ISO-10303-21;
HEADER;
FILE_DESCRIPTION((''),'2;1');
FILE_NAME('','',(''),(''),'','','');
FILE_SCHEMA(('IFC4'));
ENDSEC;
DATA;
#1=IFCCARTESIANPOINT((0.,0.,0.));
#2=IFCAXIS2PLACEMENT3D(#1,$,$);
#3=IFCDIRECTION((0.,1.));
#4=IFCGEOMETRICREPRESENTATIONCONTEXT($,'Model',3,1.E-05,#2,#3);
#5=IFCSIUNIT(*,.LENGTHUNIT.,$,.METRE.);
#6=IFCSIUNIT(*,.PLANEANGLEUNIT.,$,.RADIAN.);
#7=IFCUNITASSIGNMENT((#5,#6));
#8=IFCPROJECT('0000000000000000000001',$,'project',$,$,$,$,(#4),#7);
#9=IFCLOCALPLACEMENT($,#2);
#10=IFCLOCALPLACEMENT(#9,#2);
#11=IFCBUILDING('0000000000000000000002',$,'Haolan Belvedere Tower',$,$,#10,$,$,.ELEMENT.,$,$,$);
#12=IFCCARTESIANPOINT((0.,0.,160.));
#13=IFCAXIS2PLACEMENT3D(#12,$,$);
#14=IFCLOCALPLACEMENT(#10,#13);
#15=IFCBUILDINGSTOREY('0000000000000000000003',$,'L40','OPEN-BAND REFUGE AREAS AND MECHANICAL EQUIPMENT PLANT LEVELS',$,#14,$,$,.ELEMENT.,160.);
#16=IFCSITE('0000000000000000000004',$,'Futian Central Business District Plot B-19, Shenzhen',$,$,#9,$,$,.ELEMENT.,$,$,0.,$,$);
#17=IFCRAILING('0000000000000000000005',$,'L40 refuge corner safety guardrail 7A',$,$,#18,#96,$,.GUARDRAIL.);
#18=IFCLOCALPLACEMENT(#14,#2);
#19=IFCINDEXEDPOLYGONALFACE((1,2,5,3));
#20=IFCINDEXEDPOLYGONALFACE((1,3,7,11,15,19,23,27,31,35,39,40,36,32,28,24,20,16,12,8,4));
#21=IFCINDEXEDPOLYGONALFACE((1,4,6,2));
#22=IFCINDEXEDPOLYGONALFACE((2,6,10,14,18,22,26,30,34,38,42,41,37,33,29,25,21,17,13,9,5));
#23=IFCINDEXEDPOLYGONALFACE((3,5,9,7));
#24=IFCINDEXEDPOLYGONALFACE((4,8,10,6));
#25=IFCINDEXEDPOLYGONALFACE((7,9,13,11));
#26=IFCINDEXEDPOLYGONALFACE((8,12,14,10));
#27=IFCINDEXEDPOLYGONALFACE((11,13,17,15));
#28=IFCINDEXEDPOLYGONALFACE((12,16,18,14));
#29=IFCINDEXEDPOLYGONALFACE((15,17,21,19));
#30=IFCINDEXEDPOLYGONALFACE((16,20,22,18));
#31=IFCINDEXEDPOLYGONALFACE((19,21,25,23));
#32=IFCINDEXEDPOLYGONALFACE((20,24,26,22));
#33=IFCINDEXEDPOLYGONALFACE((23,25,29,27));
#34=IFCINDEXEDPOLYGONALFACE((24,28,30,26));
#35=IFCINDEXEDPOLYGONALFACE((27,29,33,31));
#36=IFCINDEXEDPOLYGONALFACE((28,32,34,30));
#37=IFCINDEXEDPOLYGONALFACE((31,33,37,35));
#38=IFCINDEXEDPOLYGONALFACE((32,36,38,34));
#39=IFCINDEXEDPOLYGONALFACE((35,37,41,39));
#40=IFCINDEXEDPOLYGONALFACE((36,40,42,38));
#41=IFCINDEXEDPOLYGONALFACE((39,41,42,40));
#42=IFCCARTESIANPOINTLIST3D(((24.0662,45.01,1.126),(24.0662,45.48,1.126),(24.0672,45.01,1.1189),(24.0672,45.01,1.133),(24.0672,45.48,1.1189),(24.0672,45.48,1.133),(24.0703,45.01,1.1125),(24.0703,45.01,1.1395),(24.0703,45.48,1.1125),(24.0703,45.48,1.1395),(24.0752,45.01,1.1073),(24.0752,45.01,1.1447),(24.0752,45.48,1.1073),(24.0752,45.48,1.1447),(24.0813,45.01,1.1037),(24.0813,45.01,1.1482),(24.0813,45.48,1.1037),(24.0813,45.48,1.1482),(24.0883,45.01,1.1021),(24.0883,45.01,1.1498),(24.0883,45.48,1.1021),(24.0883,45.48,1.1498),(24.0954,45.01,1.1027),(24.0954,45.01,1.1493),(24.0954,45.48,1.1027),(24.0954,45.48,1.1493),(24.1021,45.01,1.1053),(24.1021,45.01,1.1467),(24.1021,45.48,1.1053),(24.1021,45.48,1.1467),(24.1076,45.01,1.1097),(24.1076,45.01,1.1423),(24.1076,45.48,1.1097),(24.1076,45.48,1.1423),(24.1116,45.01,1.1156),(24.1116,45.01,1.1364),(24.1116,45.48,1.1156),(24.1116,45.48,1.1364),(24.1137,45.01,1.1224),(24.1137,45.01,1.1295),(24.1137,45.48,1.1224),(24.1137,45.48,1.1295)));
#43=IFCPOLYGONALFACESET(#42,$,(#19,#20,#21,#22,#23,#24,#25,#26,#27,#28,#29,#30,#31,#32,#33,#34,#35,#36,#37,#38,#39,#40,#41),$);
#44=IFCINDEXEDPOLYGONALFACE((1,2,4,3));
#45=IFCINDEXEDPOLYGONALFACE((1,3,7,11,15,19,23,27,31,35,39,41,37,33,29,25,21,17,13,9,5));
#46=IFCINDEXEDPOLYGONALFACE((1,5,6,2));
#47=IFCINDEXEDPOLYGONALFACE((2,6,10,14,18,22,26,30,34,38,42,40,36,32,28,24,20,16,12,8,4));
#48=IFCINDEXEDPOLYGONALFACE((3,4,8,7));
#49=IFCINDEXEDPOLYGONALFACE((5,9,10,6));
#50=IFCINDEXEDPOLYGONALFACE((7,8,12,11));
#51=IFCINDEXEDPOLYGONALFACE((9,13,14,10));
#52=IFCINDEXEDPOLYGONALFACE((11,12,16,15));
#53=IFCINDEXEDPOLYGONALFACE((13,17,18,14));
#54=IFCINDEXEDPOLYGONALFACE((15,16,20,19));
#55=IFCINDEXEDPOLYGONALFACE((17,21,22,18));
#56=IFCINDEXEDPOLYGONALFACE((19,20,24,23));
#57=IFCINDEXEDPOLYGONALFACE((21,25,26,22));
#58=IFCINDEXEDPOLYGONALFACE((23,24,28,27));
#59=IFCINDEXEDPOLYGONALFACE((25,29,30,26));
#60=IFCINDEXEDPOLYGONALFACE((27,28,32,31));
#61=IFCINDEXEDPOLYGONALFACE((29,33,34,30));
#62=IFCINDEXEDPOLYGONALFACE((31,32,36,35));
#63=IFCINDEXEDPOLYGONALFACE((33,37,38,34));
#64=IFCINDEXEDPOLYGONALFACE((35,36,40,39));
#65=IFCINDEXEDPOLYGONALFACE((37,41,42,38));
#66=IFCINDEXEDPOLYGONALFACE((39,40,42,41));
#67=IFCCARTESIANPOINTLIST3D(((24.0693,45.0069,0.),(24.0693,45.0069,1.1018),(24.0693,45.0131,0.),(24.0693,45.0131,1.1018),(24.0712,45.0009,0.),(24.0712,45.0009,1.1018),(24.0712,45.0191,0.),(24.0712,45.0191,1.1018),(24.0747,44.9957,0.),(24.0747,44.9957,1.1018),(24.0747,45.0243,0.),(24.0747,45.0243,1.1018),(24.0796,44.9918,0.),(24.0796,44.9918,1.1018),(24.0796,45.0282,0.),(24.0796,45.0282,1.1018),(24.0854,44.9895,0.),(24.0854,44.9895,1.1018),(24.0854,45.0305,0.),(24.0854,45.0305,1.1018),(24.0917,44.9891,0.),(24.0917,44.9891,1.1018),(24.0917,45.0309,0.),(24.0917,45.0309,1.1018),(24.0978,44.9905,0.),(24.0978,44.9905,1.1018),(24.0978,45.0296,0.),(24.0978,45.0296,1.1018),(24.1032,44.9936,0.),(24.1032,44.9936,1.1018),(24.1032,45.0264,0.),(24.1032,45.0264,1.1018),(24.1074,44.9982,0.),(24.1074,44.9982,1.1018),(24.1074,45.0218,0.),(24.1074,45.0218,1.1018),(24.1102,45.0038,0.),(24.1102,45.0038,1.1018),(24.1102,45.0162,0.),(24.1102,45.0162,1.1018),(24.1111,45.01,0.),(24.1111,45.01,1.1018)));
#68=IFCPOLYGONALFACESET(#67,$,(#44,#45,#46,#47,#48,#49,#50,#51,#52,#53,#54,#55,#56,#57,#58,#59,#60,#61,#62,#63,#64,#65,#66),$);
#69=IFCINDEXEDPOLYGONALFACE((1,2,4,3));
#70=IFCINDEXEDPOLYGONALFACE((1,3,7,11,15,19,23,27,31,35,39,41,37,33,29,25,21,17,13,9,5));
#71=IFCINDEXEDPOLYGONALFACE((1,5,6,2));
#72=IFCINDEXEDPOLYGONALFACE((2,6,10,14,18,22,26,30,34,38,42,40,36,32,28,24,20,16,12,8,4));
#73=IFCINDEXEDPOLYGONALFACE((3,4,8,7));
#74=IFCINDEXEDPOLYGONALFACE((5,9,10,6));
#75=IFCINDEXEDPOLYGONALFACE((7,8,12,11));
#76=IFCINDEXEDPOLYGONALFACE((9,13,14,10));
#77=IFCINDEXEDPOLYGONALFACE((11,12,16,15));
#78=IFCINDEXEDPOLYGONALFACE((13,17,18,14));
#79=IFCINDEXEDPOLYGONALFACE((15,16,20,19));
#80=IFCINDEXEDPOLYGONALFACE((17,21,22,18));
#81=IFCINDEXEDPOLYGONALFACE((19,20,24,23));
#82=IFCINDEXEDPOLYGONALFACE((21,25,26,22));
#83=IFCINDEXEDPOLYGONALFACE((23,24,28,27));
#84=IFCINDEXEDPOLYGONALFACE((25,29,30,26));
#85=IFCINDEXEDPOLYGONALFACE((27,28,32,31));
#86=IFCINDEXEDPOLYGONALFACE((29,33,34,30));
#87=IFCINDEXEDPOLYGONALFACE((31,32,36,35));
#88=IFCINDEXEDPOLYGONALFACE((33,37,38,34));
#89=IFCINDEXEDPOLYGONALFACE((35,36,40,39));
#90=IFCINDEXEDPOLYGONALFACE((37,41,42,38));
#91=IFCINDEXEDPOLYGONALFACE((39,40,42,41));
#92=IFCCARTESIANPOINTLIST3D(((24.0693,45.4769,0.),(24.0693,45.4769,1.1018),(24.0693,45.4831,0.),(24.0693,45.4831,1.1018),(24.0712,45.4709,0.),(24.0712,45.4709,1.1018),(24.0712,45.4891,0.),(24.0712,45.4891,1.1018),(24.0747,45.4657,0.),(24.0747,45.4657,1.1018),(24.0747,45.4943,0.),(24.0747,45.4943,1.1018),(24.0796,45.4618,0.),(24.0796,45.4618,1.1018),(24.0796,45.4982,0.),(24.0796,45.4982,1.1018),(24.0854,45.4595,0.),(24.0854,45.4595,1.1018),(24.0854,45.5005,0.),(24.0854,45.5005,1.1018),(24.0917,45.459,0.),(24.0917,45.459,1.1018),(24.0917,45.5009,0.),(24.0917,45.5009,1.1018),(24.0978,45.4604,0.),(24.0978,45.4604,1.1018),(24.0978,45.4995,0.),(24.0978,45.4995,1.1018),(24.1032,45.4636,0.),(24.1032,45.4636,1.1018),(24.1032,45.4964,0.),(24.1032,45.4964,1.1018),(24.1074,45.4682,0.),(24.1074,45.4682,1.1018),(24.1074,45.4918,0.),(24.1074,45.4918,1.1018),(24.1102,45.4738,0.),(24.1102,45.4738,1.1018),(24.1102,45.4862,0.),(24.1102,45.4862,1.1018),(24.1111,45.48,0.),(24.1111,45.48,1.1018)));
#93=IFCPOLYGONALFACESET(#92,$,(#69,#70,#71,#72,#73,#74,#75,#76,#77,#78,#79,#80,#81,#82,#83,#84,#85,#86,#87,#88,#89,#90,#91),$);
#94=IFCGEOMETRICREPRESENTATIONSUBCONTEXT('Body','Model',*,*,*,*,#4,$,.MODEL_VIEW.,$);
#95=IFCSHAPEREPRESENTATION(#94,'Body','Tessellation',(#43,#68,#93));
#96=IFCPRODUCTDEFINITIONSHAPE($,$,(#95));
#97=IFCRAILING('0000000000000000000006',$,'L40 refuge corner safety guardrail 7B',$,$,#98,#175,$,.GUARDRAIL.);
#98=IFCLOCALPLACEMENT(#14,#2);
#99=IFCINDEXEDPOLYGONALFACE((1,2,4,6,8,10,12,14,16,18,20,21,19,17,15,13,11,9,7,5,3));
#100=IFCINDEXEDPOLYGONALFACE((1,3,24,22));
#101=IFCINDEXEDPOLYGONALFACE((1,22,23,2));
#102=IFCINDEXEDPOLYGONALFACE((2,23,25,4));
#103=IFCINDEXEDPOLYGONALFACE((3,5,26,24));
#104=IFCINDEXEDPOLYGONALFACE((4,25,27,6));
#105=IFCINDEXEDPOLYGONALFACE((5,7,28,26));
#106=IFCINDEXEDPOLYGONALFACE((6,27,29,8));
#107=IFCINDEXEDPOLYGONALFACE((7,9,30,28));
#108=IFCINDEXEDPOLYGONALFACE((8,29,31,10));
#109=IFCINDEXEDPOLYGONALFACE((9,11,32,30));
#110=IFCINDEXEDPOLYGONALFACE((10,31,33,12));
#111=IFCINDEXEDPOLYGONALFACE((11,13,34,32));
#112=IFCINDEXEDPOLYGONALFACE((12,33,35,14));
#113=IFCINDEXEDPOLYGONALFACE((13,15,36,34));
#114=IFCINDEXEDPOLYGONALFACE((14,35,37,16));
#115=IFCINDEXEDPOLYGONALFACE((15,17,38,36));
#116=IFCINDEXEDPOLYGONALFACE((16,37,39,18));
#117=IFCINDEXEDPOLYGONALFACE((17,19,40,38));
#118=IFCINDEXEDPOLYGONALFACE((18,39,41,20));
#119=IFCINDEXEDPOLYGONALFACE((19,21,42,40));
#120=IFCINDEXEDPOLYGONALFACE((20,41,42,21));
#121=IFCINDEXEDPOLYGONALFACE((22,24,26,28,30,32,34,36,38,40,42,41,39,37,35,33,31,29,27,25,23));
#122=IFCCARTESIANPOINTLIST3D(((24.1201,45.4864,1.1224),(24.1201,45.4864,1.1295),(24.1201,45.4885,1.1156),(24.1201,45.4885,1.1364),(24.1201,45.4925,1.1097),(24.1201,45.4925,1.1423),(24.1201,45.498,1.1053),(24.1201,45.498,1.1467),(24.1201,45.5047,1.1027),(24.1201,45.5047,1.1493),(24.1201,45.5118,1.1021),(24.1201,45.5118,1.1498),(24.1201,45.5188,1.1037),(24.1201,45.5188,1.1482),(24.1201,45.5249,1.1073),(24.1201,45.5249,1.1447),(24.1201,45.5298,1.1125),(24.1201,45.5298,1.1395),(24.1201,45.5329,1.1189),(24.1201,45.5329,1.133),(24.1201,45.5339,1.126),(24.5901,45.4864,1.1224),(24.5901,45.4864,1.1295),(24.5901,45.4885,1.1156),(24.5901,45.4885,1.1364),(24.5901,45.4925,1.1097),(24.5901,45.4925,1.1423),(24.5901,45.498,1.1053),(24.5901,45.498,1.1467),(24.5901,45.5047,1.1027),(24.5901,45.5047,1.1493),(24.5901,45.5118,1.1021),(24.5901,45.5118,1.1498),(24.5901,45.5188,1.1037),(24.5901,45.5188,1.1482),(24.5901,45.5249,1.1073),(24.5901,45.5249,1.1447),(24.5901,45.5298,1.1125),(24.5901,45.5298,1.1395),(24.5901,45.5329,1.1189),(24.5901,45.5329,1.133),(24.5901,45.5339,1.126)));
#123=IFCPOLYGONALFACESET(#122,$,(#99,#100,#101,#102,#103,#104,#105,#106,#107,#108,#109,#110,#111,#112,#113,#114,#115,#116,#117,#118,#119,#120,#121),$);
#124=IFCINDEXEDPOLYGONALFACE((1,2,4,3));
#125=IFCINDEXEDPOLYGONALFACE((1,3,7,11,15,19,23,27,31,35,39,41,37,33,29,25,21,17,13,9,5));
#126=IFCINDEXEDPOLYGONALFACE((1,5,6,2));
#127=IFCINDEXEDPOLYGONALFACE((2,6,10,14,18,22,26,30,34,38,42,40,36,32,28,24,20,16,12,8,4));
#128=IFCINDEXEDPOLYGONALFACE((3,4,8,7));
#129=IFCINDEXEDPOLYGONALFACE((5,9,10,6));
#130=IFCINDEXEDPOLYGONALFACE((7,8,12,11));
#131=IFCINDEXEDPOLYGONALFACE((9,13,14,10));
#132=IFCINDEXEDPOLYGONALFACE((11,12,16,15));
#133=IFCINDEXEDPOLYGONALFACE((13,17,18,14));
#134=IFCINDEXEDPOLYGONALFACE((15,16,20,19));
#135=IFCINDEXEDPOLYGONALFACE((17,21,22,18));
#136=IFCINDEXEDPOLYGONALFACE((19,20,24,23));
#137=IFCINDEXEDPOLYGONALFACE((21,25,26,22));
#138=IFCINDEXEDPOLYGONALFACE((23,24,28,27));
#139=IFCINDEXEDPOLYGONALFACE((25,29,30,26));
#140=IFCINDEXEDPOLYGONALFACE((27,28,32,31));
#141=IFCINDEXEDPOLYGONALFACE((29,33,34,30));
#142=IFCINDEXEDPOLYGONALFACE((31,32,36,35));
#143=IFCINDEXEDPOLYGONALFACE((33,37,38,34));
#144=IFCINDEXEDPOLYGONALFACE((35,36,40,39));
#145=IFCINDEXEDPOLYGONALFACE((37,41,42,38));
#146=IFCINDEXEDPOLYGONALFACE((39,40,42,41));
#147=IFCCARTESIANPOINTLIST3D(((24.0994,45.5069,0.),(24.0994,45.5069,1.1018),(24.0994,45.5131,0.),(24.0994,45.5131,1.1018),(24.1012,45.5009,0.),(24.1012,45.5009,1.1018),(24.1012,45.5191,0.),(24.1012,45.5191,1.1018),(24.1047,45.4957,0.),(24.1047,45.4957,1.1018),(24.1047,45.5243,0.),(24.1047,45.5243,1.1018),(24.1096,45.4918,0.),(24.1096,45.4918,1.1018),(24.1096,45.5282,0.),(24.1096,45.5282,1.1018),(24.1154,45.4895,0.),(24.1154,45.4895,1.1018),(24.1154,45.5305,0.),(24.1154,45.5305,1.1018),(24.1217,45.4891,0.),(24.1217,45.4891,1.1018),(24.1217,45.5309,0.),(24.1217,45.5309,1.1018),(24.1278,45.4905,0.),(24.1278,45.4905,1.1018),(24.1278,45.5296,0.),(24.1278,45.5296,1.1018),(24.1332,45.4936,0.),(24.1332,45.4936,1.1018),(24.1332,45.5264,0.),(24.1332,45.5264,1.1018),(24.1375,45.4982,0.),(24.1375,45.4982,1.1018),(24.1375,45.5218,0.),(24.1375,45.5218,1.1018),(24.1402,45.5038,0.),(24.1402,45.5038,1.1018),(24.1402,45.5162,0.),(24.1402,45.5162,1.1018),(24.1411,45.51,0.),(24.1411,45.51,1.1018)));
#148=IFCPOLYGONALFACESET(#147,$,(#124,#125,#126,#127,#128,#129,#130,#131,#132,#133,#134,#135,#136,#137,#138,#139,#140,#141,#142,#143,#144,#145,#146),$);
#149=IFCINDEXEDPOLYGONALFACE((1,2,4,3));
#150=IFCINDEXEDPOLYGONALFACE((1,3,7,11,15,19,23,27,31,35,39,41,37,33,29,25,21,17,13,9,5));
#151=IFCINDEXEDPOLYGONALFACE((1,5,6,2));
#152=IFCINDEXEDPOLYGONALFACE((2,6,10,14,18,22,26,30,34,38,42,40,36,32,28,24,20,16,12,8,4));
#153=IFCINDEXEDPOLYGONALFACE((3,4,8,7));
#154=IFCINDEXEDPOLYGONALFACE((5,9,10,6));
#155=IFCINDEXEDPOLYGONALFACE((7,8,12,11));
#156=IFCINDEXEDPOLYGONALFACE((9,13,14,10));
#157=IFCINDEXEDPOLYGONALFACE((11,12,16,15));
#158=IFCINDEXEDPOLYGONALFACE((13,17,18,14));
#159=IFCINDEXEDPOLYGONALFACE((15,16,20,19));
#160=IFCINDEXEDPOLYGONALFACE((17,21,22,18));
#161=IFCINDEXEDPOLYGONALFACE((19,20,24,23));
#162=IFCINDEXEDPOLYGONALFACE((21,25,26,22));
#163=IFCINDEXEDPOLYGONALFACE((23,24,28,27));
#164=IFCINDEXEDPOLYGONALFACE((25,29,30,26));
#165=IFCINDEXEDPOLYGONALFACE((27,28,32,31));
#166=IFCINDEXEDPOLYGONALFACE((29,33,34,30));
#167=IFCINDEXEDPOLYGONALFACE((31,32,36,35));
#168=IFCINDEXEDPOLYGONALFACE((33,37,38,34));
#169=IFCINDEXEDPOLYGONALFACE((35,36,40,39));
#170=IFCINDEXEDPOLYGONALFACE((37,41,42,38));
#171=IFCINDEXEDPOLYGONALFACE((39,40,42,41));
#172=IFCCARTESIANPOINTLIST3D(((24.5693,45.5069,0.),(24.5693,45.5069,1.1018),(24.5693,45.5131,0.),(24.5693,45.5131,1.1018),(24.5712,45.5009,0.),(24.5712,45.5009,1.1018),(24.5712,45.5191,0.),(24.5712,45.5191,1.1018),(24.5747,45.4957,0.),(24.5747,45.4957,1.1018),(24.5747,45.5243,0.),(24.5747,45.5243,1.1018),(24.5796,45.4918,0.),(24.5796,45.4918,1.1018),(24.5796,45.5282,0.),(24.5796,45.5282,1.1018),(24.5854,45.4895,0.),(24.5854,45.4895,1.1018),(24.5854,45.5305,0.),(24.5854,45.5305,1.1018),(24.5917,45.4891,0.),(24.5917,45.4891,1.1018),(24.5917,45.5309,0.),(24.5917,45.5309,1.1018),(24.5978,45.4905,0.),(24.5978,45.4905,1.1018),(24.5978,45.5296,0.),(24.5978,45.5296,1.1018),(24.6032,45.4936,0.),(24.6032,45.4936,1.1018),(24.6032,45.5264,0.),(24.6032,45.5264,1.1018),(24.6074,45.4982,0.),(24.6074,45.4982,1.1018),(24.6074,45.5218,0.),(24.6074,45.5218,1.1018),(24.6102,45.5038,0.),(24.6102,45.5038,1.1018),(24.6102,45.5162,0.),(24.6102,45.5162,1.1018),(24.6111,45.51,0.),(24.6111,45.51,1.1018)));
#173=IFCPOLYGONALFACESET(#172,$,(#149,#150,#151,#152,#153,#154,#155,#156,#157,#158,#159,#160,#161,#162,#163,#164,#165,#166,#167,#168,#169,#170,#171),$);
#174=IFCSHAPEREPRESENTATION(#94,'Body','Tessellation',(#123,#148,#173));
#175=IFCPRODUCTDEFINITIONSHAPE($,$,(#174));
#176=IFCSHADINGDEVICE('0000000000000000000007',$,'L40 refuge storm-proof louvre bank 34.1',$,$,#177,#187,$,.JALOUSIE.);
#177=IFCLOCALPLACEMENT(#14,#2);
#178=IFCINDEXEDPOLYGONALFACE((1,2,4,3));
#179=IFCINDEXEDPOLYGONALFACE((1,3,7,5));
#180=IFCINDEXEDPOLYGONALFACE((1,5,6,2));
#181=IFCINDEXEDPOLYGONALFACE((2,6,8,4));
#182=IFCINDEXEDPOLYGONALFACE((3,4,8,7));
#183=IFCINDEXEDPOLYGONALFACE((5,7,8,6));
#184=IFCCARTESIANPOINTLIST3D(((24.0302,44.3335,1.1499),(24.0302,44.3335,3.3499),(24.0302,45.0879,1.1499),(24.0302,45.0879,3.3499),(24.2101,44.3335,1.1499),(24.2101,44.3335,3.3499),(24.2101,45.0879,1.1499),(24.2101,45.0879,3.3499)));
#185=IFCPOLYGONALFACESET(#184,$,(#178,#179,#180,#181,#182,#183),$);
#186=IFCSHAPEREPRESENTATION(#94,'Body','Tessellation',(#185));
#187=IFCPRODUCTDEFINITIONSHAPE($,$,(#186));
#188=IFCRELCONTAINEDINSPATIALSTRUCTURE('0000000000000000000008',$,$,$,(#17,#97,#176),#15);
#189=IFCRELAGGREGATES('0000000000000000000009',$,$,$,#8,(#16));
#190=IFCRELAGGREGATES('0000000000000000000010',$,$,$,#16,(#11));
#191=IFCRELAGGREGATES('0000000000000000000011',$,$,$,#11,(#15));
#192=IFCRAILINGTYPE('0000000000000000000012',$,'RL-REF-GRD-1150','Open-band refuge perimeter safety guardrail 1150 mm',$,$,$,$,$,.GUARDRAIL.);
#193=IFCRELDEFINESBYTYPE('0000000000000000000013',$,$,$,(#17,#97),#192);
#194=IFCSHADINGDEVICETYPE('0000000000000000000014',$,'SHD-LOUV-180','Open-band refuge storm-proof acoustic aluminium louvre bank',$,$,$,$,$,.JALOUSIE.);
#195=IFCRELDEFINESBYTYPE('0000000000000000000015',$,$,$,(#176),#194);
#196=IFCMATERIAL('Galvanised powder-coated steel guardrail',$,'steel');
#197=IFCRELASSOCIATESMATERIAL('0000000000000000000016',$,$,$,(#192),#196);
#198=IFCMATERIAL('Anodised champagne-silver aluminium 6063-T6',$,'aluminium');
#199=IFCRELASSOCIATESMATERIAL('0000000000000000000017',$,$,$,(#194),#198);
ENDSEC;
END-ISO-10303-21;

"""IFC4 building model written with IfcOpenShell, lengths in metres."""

from ifc_helpers import new_model, si_unit, direction, frame, origin, origin_2d, place, context, subcontext, project, spatial, rectangle, circle, extrude, material, type_object, element, save


model = new_model("IFC4")

# Units and contexts
model_context = context("Model", 3, precision=1e-05, world=origin(), true_north=direction((0.0, 1.0)))
body_context = subcontext(model_context, "Body", "Model", "MODEL_VIEW")
ifc_project = project(units=[si_unit("LENGTHUNIT", "METRE"), si_unit("PLANEANGLEUNIT", "RADIAN")], contexts=[model_context])

# Site, building, storey
site_placement = place(None, origin())
site = spatial("IfcSite", under=ifc_project, at=site_placement, Name="Futian Central Business District Plot B-19, Shenzhen", CompositionType="ELEMENT", RefElevation=0.0)
building_placement = place(site_placement, origin())
building = spatial("IfcBuilding", under=site, at=building_placement, Name="Haolan Belvedere Tower", CompositionType="ELEMENT")
storey_placement = place(building_placement, frame((0.0, 0.0, 160.0)))
storey = spatial("IfcBuildingStorey", under=building, at=storey_placement, Name="L40", Description="OPEN-BAND REFUGE AREAS AND MECHANICAL EQUIPMENT PLANT LEVELS", CompositionType="ELEMENT", Elevation=160.0)

# Railings
ifc_material_1 = material(Name="Galvanised powder-coated steel guardrail", Category="steel")
railing_type = type_object("IfcRailingType", Name="RL-REF-GRD-1150", Description="Open-band refuge perimeter safety guardrail 1150 mm", PredefinedType="GUARDRAIL", material=ifc_material_1)
railing_1_placement = place(storey_placement, frame((24.0901, 45.01, 0.0)))
element("IfcRailing", 1, at=railing_1_placement, inside=storey, type_object=railing_type, Name="L40 refuge corner safety guardrail 7A", PredefinedType="GUARDRAIL", context=body_context, shape_type="SweptSolid", body=[
    extrude(circle(Radius=0.0239, at=origin_2d()), frame((0.0, 0.0, 1.126), z_axis=(0.0, 1.0, 0.0), x_axis=(-1.0, 0.0, 0.0)), (0.0, 0.0, 1.0), 0.47),
    extrude(circle(Radius=0.021, at=origin_2d()), origin(), (0.0, 0.0, 1.0), 1.1018),
    extrude(circle(Radius=0.021, at=origin_2d()), frame((0.0, 0.47, 0.0)), (0.0, 0.0, 1.0), 1.1018),
])
railing_2_placement = place(storey_placement, frame((24.1201, 45.51, 0.0)))
element("IfcRailing", 2, at=railing_2_placement, inside=storey, type_object=railing_type, Name="L40 refuge corner safety guardrail 7B", PredefinedType="GUARDRAIL", context=body_context, shape_type="SweptSolid", body=[
    extrude(circle(Radius=0.0239, at=origin_2d()), frame((0.0, 0.0, 1.126), z_axis=(1.0, 0.0, 0.0), x_axis=(0.0, 1.0, 0.0)), (0.0, 0.0, 1.0), 0.47),
    extrude(circle(Radius=0.021, at=origin_2d()), origin(), (0.0, 0.0, 1.0), 1.1018),
    extrude(circle(Radius=0.021, at=origin_2d()), frame((0.47, 0.0, 0.0)), (0.0, 0.0, 1.0), 1.1018),
])

# Shading device
ifc_material_2 = material(Name="Anodised champagne-silver aluminium 6063-T6", Category="aluminium")
shading_device_type = type_object("IfcShadingDeviceType", Name="SHD-LOUV-180", Description="Open-band refuge storm-proof acoustic aluminium louvre bank", PredefinedType="JALOUSIE", material=ifc_material_2)
shading_device_placement = place(storey_placement, frame((24.1201, 44.7107, 1.1499), z_axis=(0.0, 0.0, 1.0), x_axis=(0.0, -1.0, 0.0)))
element("IfcShadingDevice", 3, at=shading_device_placement, inside=storey, type_object=shading_device_type, Name="L40 refuge storm-proof louvre bank 34.1", PredefinedType="JALOUSIE", context=body_context, shape_type="SweptSolid", body=[
    extrude(rectangle(XDim=0.7544, YDim=0.1799, at=origin_2d()), origin(), (0.0, 0.0, 1.0), 2.2),
])

save(model, "model.ifc")
